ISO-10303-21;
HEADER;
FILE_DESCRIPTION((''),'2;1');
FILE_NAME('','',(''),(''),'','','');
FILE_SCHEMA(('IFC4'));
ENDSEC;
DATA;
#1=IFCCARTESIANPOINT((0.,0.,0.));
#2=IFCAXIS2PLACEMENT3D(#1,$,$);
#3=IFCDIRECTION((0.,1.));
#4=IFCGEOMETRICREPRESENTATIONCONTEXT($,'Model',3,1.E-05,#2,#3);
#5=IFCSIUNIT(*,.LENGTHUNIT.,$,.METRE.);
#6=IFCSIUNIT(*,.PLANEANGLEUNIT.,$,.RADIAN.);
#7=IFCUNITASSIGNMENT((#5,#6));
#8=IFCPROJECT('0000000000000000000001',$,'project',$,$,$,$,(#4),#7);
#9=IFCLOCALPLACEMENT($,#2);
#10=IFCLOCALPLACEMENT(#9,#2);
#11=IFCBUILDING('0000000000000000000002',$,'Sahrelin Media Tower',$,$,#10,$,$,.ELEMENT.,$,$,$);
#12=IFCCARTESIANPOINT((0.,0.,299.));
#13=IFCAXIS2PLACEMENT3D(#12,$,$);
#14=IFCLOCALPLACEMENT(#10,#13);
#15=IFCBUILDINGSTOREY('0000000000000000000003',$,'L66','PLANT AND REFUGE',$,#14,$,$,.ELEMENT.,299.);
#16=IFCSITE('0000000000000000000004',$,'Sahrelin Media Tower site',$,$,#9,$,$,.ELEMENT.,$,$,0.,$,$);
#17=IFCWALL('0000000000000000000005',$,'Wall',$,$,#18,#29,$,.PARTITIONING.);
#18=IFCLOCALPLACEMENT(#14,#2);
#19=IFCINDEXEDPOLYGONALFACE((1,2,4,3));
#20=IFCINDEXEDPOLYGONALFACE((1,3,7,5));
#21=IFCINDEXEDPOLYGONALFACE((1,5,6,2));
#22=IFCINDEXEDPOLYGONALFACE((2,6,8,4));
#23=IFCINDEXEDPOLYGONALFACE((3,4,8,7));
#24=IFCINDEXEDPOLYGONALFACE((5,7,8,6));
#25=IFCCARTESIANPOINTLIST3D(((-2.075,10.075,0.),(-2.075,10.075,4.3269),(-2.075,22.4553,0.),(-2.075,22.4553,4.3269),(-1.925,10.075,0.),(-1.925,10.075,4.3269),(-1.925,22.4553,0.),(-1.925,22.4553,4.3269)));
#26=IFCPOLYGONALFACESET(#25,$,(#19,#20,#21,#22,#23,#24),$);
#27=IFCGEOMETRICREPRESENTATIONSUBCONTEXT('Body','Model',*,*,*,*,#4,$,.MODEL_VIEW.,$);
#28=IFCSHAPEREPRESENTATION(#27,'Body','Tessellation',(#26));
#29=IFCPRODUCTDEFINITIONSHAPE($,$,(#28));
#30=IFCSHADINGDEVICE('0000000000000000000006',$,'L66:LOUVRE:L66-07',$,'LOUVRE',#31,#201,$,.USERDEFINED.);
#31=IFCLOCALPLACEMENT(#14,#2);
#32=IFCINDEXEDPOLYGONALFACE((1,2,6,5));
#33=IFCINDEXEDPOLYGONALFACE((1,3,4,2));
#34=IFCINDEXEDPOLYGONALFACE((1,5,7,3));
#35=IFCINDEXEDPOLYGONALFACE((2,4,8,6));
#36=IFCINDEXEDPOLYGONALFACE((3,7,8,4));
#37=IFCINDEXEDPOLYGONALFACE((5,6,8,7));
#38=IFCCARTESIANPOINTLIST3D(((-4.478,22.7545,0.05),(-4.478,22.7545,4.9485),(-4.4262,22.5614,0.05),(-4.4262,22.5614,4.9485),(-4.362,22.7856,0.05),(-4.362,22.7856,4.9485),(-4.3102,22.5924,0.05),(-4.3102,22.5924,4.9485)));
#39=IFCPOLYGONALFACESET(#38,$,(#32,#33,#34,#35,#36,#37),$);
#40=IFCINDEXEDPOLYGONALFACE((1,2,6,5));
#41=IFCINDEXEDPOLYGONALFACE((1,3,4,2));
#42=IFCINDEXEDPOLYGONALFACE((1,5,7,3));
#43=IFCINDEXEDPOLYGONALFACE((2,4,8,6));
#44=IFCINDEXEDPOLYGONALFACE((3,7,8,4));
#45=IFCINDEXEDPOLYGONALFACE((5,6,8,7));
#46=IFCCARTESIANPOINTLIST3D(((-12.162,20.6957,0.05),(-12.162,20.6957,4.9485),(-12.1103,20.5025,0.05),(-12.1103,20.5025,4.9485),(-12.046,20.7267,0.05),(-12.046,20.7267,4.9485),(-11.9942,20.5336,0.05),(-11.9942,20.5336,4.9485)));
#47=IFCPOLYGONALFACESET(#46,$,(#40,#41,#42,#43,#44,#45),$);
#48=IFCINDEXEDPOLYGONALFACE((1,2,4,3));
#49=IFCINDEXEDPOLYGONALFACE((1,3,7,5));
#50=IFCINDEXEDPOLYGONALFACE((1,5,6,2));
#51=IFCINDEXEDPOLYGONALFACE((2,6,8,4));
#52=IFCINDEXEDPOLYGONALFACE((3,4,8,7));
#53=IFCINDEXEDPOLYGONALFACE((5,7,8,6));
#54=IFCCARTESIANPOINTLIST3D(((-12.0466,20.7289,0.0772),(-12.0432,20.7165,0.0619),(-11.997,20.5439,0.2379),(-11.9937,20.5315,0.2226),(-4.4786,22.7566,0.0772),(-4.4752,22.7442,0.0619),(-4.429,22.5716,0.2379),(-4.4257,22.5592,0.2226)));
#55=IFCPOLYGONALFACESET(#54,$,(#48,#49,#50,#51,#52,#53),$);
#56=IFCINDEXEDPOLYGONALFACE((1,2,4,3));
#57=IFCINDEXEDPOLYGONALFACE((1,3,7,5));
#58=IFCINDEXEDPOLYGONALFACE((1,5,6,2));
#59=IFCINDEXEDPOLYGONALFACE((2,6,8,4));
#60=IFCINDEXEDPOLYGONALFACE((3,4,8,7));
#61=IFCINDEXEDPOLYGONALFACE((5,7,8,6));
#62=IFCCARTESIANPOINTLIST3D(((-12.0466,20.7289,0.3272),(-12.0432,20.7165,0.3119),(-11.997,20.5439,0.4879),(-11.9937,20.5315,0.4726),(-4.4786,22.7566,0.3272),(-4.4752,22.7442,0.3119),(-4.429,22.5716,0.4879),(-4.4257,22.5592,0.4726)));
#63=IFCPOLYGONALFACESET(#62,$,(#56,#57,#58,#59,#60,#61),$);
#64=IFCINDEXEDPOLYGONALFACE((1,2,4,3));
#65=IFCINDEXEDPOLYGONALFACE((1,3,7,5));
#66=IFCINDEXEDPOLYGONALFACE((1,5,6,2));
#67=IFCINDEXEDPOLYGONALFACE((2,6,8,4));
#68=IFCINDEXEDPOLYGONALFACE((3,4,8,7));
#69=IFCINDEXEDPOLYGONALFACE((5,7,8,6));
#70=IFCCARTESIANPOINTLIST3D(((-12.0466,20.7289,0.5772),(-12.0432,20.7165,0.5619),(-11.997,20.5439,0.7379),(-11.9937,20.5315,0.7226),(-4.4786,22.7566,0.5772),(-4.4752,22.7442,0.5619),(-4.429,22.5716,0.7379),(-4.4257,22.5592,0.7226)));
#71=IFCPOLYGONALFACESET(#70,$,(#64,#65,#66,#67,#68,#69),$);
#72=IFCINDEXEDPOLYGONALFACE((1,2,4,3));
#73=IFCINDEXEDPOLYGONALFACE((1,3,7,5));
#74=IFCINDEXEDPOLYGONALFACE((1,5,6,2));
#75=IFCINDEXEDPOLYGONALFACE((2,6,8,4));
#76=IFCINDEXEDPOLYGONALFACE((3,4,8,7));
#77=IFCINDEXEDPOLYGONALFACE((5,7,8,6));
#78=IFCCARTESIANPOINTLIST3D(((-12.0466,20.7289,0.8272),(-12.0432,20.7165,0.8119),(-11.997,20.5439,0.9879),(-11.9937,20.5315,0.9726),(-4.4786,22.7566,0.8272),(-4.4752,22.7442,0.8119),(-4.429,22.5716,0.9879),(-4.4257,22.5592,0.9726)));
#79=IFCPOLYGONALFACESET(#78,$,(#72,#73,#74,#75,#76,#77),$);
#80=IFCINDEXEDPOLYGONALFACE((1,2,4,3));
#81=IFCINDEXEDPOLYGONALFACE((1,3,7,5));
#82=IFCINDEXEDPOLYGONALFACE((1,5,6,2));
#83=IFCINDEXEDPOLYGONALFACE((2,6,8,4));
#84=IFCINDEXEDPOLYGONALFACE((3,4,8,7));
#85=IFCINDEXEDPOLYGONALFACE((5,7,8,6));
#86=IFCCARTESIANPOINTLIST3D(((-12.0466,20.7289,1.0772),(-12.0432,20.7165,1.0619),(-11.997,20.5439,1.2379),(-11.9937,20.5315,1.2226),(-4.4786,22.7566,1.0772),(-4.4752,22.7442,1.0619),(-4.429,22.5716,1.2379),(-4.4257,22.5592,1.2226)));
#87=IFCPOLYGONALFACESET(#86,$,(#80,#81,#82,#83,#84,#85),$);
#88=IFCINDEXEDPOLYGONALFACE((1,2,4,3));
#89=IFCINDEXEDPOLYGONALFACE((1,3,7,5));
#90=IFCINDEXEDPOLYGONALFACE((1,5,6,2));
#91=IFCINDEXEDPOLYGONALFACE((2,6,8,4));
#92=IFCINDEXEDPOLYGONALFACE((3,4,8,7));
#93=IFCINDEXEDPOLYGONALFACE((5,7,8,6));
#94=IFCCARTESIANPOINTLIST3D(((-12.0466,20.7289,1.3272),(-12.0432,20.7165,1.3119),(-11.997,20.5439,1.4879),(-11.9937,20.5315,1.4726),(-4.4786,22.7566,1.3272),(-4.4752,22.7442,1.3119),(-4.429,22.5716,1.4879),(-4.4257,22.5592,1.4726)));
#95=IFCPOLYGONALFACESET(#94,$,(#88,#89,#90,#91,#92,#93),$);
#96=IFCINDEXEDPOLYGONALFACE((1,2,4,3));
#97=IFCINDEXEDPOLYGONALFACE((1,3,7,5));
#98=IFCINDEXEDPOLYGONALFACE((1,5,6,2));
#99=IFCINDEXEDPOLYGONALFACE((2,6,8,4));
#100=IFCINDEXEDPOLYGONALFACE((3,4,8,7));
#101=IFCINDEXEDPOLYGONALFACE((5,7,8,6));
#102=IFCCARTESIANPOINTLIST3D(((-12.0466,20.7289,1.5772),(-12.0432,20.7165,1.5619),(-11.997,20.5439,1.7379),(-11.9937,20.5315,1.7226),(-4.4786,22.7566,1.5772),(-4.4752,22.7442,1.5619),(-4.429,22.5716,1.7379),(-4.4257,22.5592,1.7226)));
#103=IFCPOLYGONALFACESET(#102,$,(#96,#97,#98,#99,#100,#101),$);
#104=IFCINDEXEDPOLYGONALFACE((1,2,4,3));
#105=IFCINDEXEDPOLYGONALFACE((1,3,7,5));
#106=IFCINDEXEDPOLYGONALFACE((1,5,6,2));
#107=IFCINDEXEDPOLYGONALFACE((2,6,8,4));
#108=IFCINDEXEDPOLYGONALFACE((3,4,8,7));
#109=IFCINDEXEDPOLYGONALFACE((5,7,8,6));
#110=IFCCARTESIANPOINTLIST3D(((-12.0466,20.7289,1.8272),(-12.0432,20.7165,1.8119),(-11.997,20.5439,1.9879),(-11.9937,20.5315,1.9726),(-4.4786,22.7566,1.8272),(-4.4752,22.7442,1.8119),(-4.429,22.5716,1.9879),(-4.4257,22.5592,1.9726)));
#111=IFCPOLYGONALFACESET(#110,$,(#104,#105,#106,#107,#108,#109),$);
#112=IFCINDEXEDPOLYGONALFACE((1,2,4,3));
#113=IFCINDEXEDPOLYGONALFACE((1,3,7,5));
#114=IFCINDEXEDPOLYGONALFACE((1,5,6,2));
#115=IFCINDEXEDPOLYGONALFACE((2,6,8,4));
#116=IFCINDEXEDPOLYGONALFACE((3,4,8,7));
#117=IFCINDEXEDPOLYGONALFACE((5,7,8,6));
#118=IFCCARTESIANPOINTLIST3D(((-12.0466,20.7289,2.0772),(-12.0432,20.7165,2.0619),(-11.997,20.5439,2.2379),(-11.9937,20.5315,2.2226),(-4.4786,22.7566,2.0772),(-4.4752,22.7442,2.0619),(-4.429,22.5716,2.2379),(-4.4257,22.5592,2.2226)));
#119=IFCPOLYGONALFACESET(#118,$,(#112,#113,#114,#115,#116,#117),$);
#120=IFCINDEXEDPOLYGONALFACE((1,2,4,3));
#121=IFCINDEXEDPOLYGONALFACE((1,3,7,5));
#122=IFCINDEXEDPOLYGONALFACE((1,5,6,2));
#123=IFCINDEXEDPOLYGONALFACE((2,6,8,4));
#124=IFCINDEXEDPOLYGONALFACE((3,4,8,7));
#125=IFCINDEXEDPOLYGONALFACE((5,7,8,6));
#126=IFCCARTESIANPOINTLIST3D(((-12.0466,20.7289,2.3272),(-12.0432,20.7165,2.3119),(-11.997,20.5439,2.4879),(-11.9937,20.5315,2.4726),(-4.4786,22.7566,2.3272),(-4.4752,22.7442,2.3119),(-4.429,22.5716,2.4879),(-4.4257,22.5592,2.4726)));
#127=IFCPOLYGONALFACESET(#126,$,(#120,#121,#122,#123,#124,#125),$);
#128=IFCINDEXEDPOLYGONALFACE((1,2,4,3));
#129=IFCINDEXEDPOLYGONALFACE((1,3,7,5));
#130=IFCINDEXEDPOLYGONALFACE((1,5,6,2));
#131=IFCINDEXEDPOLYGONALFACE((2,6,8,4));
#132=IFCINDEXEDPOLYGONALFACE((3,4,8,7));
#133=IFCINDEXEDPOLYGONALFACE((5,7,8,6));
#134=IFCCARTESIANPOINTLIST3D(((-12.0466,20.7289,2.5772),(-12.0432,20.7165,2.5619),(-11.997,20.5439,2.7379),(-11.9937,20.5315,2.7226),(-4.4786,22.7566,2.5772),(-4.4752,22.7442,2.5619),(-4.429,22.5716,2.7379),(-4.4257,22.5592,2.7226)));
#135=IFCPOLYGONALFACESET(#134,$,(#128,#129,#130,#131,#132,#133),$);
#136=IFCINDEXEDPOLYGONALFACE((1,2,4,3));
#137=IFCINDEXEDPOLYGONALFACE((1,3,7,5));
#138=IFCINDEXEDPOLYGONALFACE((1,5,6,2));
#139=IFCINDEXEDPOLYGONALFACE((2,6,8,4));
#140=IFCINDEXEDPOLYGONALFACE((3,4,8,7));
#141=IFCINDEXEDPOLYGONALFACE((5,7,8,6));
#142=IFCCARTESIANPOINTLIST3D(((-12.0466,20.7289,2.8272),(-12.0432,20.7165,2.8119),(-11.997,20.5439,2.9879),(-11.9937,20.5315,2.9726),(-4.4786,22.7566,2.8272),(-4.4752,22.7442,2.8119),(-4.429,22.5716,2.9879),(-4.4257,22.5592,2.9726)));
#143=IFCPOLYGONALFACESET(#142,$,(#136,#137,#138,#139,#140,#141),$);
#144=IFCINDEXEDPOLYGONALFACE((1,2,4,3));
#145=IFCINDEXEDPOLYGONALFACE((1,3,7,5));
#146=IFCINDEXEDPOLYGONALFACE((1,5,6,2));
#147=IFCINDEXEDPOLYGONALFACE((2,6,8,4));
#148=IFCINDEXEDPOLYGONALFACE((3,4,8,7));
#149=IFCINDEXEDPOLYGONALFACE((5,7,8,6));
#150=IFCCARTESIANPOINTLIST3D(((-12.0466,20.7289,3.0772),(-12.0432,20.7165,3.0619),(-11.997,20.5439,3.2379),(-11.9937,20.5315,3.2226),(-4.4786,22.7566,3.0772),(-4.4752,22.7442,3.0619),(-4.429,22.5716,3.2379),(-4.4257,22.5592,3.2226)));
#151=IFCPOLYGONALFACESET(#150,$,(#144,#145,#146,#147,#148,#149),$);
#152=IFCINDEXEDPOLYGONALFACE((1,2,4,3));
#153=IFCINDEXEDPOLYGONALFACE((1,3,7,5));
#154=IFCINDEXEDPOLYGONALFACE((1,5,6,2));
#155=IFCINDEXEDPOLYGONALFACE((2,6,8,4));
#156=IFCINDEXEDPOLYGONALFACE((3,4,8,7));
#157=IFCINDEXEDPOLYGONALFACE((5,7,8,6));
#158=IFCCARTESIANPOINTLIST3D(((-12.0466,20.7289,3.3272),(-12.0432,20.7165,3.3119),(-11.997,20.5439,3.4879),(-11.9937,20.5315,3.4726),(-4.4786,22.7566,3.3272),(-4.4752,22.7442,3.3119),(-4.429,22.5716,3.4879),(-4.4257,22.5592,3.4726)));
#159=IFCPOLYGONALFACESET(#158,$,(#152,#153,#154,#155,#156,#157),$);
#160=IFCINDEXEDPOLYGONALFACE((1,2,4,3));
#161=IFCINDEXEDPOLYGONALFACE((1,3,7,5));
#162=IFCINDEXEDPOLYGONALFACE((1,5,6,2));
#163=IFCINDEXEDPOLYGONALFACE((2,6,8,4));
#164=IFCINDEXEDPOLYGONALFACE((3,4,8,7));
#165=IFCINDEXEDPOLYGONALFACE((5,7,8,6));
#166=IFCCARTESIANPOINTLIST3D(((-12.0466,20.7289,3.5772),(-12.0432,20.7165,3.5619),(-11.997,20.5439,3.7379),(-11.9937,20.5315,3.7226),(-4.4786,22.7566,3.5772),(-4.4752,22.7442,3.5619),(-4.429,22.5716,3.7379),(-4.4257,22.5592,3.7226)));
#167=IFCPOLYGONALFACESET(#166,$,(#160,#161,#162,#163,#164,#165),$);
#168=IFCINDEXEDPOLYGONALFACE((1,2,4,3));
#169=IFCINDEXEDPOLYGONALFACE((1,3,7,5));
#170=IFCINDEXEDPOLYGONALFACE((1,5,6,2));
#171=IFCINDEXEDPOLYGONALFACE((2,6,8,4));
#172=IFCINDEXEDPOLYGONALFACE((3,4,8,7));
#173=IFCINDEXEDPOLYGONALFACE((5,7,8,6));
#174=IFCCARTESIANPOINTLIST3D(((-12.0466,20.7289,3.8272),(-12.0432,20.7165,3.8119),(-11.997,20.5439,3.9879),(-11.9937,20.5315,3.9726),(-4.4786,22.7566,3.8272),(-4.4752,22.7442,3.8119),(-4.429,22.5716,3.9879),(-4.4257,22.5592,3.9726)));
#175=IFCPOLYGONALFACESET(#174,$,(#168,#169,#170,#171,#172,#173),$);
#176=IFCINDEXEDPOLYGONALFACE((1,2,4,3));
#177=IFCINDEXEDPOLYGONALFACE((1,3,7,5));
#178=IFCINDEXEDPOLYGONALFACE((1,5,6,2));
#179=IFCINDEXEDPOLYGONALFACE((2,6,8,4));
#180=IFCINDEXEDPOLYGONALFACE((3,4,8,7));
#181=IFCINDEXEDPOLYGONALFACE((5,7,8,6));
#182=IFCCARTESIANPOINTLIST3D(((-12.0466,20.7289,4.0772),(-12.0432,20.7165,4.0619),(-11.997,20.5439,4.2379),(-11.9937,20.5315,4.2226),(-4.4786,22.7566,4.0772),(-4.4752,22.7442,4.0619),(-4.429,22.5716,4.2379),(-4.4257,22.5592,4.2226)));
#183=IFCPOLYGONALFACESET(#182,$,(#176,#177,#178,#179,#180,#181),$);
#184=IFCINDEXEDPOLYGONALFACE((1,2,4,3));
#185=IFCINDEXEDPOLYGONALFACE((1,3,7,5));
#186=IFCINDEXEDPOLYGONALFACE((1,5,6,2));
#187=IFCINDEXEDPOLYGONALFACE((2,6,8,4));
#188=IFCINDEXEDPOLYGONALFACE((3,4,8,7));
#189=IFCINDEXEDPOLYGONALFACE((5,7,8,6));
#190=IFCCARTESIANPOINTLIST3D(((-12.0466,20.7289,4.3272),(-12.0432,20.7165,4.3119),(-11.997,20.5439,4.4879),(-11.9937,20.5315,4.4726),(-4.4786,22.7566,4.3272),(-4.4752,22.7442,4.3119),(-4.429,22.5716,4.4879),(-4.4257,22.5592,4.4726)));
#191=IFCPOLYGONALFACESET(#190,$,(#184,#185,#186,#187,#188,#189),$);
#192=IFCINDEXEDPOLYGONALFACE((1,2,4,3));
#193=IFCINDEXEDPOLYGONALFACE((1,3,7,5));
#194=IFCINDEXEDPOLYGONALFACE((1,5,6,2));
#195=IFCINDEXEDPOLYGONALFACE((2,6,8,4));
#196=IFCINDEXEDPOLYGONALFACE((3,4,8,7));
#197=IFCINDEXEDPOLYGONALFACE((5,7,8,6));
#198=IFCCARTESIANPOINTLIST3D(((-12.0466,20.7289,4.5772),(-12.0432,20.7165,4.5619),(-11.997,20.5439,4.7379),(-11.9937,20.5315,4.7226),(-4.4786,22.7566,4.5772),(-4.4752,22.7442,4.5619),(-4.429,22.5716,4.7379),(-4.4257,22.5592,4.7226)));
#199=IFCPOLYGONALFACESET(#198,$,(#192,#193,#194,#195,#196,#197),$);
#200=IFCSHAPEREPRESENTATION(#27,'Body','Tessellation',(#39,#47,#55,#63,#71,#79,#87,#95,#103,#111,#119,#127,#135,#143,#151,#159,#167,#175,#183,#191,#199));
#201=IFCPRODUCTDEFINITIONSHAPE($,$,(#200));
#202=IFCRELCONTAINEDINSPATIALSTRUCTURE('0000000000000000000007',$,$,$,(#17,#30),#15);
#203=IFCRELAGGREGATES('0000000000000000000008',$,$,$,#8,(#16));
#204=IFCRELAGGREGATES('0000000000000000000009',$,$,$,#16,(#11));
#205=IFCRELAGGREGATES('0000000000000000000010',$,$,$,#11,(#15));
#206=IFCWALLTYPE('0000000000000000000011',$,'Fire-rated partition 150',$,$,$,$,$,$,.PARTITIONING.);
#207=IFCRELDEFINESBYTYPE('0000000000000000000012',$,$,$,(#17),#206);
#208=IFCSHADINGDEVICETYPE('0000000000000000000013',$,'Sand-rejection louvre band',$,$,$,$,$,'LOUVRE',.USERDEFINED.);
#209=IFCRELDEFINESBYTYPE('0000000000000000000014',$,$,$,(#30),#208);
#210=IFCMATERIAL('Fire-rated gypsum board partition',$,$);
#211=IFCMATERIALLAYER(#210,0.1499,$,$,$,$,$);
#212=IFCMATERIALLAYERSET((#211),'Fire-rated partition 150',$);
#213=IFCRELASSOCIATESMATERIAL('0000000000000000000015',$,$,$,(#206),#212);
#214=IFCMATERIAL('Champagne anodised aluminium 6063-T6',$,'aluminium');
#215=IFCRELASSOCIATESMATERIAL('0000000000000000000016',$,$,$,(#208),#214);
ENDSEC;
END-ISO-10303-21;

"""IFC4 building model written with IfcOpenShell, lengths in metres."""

from ifc_helpers import new_model, si_unit, direction, frame, frame_2d, origin, origin_2d, place, context, subcontext, project, spatial, rectangle, extrude, material, layer, layer_set, type_object, element, save


model = new_model("IFC4")

# Units and contexts
model_context = context("Model", 3, precision=1e-05, world=origin(), true_north=direction((0.0, 1.0)))
body_context = subcontext(model_context, "Body", "Model", "MODEL_VIEW")
ifc_project = project(units=[si_unit("LENGTHUNIT", "METRE"), si_unit("PLANEANGLEUNIT", "RADIAN")], contexts=[model_context])

# Site, building, storey
site_placement = place(None, origin())
site = spatial("IfcSite", under=ifc_project, at=site_placement, Name="Sahrelin Media Tower site", CompositionType="ELEMENT", RefElevation=0.0)
building_placement = place(site_placement, origin())
building = spatial("IfcBuilding", under=site, at=building_placement, Name="Sahrelin Media Tower", CompositionType="ELEMENT")
storey_placement = place(building_placement, frame((0.0, 0.0, 299.0)))
storey = spatial("IfcBuildingStorey", under=building, at=storey_placement, Name="L66", Description="PLANT AND REFUGE", CompositionType="ELEMENT", Elevation=299.0)

# Wall
ifc_material_1 = material(Name="Fire-rated gypsum board partition")
ifc_layer = layer(ifc_material_1, 0.1499)
ifc_layer_set = layer_set([ifc_layer], Name="Fire-rated partition 150")
wall_type = type_object("IfcWallType", Name="Fire-rated partition 150", PredefinedType="PARTITIONING", material=ifc_layer_set)
wall_placement = place(storey_placement, frame((-2.0, 10.075, 0.0), z_axis=(0.0, 0.0, 1.0), x_axis=(0.0, 1.0, 0.0)))
element("IfcWall", 1, at=wall_placement, inside=storey, type_object=wall_type, Name="Wall", PredefinedType="PARTITIONING", context=body_context, shape_type="SweptSolid", body=[
    extrude(rectangle(XDim=12.3804, YDim=0.1499, at=frame_2d((6.1902, 0.0))), origin(), (0.0, 0.0, 1.0), 4.3269),
])

# Shading device
ifc_material_2 = material(Name="Champagne anodised aluminium 6063-T6", Category="aluminium")
shading_device_type = type_object("IfcShadingDeviceType", Name="Sand-rejection louvre band", ElementType="LOUVRE", PredefinedType="USERDEFINED", material=ifc_material_2)
shading_device_1_placement = place(storey_placement, frame((-8.2102, 21.5474, 0.0), z_axis=(0.0, 0.0, 1.0), x_axis=(0.965929, 0.258808, 0.0)))
element("IfcShadingDevice", 2, at=shading_device_1_placement, inside=storey, type_object=shading_device_type, Name="L66:LOUVRE:L66-07", ObjectType="LOUVRE", PredefinedType="USERDEFINED", context=body_context, shape_type="SweptSolid", body=[
    extrude(rectangle(XDim=0.1201, YDim=0.2, at=origin_2d()), frame((3.9775, 0.1001, 0.05), z_axis=(0.0, 0.0, 1.0), x_axis=(1.0, 0.0, 0.0)), (0.0, 0.0, 1.0), 4.8984),
    extrude(rectangle(XDim=0.1201, YDim=0.2, at=origin_2d()), frame((-3.9775, 0.1001, 0.05), z_axis=(0.0, 0.0, 1.0), x_axis=(1.0, 0.0, 0.0)), (0.0, 0.0, 1.0), 4.8984),
    extrude(rectangle(XDim=0.25, YDim=0.02, at=origin_2d()), frame((3.9175, 0.1001, 0.1499), z_axis=(-1.0, 0.0, 0.0), x_axis=(0.0, -0.766044, 0.642788)), (0.0, 0.0, 1.0), 7.835),
    extrude(rectangle(XDim=0.25, YDim=0.02, at=origin_2d()), frame((3.9175, 0.1001, 0.3999), z_axis=(-1.0, 0.0, 0.0), x_axis=(0.0, -0.766044, 0.642788)), (0.0, 0.0, 1.0), 7.835),
    extrude(rectangle(XDim=0.25, YDim=0.02, at=origin_2d()), frame((3.9175, 0.1001, 0.6499), z_axis=(-1.0, 0.0, 0.0), x_axis=(0.0, -0.766044, 0.642788)), (0.0, 0.0, 1.0), 7.835),
    extrude(rectangle(XDim=0.25, YDim=0.02, at=origin_2d()), frame((3.9175, 0.1001, 0.8999), z_axis=(-1.0, 0.0, 0.0), x_axis=(0.0, -0.766044, 0.642788)), (0.0, 0.0, 1.0), 7.835),
    extrude(rectangle(XDim=0.25, YDim=0.02, at=origin_2d()), frame((3.9175, 0.1001, 1.1499), z_axis=(-1.0, 0.0, 0.0), x_axis=(0.0, -0.766044, 0.642788)), (0.0, 0.0, 1.0), 7.835),
    extrude(rectangle(XDim=0.25, YDim=0.02, at=origin_2d()), frame((3.9175, 0.1001, 1.3999), z_axis=(-1.0, 0.0, 0.0), x_axis=(0.0, -0.766044, 0.642788)), (0.0, 0.0, 1.0), 7.835),
    extrude(rectangle(XDim=0.25, YDim=0.02, at=origin_2d()), frame((3.9175, 0.1001, 1.6499), z_axis=(-1.0, 0.0, 0.0), x_axis=(0.0, -0.766044, 0.642788)), (0.0, 0.0, 1.0), 7.835),
    extrude(rectangle(XDim=0.25, YDim=0.02, at=origin_2d()), frame((3.9175, 0.1001, 1.8999), z_axis=(-1.0, 0.0, 0.0), x_axis=(0.0, -0.766044, 0.642788)), (0.0, 0.0, 1.0), 7.835),
    extrude(rectangle(XDim=0.25, YDim=0.02, at=origin_2d()), frame((3.9175, 0.1001, 2.1499), z_axis=(-1.0, 0.0, 0.0), x_axis=(0.0, -0.766044, 0.642788)), (0.0, 0.0, 1.0), 7.835),
    extrude(rectangle(XDim=0.25, YDim=0.02, at=origin_2d()), frame((3.9175, 0.1001, 2.3999), z_axis=(-1.0, 0.0, 0.0), x_axis=(0.0, -0.766044, 0.642788)), (0.0, 0.0, 1.0), 7.835),
    extrude(rectangle(XDim=0.25, YDim=0.02, at=origin_2d()), frame((3.9175, 0.1001, 2.6499), z_axis=(-1.0, 0.0, 0.0), x_axis=(0.0, -0.766044, 0.642788)), (0.0, 0.0, 1.0), 7.835),
    extrude(rectangle(XDim=0.25, YDim=0.02, at=origin_2d()), frame((3.9175, 0.1001, 2.8999), z_axis=(-1.0, 0.0, 0.0), x_axis=(0.0, -0.766044, 0.642788)), (0.0, 0.0, 1.0), 7.835),
    extrude(rectangle(XDim=0.25, YDim=0.02, at=origin_2d()), frame((3.9175, 0.1001, 3.1499), z_axis=(-1.0, 0.0, 0.0), x_axis=(0.0, -0.766044, 0.642788)), (0.0, 0.0, 1.0), 7.835),
    extrude(rectangle(XDim=0.25, YDim=0.02, at=origin_2d()), frame((3.9175, 0.1001, 3.3999), z_axis=(-1.0, 0.0, 0.0), x_axis=(0.0, -0.766044, 0.642788)), (0.0, 0.0, 1.0), 7.835),
    extrude(rectangle(XDim=0.25, YDim=0.02, at=origin_2d()), frame((3.9175, 0.1001, 3.6499), z_axis=(-1.0, 0.0, 0.0), x_axis=(0.0, -0.766044, 0.642788)), (0.0, 0.0, 1.0), 7.835),
    extrude(rectangle(XDim=0.25, YDim=0.02, at=origin_2d()), frame((3.9175, 0.1001, 3.8999), z_axis=(-1.0, 0.0, 0.0), x_axis=(0.0, -0.766044, 0.642788)), (0.0, 0.0, 1.0), 7.835),
    extrude(rectangle(XDim=0.25, YDim=0.02, at=origin_2d()), frame((3.9175, 0.1001, 4.1499), z_axis=(-1.0, 0.0, 0.0), x_axis=(0.0, -0.766044, 0.642788)), (0.0, 0.0, 1.0), 7.835),
    extrude(rectangle(XDim=0.25, YDim=0.02, at=origin_2d()), frame((3.9175, 0.1001, 4.3999), z_axis=(-1.0, 0.0, 0.0), x_axis=(0.0, -0.766044, 0.642788)), (0.0, 0.0, 1.0), 7.835),
    extrude(rectangle(XDim=0.25, YDim=0.02, at=origin_2d()), frame((3.9175, 0.1001, 4.6499), z_axis=(-1.0, 0.0, 0.0), x_axis=(0.0, -0.766044, 0.642788)), (0.0, 0.0, 1.0), 7.835),
])

save(model, "model.ifc")
